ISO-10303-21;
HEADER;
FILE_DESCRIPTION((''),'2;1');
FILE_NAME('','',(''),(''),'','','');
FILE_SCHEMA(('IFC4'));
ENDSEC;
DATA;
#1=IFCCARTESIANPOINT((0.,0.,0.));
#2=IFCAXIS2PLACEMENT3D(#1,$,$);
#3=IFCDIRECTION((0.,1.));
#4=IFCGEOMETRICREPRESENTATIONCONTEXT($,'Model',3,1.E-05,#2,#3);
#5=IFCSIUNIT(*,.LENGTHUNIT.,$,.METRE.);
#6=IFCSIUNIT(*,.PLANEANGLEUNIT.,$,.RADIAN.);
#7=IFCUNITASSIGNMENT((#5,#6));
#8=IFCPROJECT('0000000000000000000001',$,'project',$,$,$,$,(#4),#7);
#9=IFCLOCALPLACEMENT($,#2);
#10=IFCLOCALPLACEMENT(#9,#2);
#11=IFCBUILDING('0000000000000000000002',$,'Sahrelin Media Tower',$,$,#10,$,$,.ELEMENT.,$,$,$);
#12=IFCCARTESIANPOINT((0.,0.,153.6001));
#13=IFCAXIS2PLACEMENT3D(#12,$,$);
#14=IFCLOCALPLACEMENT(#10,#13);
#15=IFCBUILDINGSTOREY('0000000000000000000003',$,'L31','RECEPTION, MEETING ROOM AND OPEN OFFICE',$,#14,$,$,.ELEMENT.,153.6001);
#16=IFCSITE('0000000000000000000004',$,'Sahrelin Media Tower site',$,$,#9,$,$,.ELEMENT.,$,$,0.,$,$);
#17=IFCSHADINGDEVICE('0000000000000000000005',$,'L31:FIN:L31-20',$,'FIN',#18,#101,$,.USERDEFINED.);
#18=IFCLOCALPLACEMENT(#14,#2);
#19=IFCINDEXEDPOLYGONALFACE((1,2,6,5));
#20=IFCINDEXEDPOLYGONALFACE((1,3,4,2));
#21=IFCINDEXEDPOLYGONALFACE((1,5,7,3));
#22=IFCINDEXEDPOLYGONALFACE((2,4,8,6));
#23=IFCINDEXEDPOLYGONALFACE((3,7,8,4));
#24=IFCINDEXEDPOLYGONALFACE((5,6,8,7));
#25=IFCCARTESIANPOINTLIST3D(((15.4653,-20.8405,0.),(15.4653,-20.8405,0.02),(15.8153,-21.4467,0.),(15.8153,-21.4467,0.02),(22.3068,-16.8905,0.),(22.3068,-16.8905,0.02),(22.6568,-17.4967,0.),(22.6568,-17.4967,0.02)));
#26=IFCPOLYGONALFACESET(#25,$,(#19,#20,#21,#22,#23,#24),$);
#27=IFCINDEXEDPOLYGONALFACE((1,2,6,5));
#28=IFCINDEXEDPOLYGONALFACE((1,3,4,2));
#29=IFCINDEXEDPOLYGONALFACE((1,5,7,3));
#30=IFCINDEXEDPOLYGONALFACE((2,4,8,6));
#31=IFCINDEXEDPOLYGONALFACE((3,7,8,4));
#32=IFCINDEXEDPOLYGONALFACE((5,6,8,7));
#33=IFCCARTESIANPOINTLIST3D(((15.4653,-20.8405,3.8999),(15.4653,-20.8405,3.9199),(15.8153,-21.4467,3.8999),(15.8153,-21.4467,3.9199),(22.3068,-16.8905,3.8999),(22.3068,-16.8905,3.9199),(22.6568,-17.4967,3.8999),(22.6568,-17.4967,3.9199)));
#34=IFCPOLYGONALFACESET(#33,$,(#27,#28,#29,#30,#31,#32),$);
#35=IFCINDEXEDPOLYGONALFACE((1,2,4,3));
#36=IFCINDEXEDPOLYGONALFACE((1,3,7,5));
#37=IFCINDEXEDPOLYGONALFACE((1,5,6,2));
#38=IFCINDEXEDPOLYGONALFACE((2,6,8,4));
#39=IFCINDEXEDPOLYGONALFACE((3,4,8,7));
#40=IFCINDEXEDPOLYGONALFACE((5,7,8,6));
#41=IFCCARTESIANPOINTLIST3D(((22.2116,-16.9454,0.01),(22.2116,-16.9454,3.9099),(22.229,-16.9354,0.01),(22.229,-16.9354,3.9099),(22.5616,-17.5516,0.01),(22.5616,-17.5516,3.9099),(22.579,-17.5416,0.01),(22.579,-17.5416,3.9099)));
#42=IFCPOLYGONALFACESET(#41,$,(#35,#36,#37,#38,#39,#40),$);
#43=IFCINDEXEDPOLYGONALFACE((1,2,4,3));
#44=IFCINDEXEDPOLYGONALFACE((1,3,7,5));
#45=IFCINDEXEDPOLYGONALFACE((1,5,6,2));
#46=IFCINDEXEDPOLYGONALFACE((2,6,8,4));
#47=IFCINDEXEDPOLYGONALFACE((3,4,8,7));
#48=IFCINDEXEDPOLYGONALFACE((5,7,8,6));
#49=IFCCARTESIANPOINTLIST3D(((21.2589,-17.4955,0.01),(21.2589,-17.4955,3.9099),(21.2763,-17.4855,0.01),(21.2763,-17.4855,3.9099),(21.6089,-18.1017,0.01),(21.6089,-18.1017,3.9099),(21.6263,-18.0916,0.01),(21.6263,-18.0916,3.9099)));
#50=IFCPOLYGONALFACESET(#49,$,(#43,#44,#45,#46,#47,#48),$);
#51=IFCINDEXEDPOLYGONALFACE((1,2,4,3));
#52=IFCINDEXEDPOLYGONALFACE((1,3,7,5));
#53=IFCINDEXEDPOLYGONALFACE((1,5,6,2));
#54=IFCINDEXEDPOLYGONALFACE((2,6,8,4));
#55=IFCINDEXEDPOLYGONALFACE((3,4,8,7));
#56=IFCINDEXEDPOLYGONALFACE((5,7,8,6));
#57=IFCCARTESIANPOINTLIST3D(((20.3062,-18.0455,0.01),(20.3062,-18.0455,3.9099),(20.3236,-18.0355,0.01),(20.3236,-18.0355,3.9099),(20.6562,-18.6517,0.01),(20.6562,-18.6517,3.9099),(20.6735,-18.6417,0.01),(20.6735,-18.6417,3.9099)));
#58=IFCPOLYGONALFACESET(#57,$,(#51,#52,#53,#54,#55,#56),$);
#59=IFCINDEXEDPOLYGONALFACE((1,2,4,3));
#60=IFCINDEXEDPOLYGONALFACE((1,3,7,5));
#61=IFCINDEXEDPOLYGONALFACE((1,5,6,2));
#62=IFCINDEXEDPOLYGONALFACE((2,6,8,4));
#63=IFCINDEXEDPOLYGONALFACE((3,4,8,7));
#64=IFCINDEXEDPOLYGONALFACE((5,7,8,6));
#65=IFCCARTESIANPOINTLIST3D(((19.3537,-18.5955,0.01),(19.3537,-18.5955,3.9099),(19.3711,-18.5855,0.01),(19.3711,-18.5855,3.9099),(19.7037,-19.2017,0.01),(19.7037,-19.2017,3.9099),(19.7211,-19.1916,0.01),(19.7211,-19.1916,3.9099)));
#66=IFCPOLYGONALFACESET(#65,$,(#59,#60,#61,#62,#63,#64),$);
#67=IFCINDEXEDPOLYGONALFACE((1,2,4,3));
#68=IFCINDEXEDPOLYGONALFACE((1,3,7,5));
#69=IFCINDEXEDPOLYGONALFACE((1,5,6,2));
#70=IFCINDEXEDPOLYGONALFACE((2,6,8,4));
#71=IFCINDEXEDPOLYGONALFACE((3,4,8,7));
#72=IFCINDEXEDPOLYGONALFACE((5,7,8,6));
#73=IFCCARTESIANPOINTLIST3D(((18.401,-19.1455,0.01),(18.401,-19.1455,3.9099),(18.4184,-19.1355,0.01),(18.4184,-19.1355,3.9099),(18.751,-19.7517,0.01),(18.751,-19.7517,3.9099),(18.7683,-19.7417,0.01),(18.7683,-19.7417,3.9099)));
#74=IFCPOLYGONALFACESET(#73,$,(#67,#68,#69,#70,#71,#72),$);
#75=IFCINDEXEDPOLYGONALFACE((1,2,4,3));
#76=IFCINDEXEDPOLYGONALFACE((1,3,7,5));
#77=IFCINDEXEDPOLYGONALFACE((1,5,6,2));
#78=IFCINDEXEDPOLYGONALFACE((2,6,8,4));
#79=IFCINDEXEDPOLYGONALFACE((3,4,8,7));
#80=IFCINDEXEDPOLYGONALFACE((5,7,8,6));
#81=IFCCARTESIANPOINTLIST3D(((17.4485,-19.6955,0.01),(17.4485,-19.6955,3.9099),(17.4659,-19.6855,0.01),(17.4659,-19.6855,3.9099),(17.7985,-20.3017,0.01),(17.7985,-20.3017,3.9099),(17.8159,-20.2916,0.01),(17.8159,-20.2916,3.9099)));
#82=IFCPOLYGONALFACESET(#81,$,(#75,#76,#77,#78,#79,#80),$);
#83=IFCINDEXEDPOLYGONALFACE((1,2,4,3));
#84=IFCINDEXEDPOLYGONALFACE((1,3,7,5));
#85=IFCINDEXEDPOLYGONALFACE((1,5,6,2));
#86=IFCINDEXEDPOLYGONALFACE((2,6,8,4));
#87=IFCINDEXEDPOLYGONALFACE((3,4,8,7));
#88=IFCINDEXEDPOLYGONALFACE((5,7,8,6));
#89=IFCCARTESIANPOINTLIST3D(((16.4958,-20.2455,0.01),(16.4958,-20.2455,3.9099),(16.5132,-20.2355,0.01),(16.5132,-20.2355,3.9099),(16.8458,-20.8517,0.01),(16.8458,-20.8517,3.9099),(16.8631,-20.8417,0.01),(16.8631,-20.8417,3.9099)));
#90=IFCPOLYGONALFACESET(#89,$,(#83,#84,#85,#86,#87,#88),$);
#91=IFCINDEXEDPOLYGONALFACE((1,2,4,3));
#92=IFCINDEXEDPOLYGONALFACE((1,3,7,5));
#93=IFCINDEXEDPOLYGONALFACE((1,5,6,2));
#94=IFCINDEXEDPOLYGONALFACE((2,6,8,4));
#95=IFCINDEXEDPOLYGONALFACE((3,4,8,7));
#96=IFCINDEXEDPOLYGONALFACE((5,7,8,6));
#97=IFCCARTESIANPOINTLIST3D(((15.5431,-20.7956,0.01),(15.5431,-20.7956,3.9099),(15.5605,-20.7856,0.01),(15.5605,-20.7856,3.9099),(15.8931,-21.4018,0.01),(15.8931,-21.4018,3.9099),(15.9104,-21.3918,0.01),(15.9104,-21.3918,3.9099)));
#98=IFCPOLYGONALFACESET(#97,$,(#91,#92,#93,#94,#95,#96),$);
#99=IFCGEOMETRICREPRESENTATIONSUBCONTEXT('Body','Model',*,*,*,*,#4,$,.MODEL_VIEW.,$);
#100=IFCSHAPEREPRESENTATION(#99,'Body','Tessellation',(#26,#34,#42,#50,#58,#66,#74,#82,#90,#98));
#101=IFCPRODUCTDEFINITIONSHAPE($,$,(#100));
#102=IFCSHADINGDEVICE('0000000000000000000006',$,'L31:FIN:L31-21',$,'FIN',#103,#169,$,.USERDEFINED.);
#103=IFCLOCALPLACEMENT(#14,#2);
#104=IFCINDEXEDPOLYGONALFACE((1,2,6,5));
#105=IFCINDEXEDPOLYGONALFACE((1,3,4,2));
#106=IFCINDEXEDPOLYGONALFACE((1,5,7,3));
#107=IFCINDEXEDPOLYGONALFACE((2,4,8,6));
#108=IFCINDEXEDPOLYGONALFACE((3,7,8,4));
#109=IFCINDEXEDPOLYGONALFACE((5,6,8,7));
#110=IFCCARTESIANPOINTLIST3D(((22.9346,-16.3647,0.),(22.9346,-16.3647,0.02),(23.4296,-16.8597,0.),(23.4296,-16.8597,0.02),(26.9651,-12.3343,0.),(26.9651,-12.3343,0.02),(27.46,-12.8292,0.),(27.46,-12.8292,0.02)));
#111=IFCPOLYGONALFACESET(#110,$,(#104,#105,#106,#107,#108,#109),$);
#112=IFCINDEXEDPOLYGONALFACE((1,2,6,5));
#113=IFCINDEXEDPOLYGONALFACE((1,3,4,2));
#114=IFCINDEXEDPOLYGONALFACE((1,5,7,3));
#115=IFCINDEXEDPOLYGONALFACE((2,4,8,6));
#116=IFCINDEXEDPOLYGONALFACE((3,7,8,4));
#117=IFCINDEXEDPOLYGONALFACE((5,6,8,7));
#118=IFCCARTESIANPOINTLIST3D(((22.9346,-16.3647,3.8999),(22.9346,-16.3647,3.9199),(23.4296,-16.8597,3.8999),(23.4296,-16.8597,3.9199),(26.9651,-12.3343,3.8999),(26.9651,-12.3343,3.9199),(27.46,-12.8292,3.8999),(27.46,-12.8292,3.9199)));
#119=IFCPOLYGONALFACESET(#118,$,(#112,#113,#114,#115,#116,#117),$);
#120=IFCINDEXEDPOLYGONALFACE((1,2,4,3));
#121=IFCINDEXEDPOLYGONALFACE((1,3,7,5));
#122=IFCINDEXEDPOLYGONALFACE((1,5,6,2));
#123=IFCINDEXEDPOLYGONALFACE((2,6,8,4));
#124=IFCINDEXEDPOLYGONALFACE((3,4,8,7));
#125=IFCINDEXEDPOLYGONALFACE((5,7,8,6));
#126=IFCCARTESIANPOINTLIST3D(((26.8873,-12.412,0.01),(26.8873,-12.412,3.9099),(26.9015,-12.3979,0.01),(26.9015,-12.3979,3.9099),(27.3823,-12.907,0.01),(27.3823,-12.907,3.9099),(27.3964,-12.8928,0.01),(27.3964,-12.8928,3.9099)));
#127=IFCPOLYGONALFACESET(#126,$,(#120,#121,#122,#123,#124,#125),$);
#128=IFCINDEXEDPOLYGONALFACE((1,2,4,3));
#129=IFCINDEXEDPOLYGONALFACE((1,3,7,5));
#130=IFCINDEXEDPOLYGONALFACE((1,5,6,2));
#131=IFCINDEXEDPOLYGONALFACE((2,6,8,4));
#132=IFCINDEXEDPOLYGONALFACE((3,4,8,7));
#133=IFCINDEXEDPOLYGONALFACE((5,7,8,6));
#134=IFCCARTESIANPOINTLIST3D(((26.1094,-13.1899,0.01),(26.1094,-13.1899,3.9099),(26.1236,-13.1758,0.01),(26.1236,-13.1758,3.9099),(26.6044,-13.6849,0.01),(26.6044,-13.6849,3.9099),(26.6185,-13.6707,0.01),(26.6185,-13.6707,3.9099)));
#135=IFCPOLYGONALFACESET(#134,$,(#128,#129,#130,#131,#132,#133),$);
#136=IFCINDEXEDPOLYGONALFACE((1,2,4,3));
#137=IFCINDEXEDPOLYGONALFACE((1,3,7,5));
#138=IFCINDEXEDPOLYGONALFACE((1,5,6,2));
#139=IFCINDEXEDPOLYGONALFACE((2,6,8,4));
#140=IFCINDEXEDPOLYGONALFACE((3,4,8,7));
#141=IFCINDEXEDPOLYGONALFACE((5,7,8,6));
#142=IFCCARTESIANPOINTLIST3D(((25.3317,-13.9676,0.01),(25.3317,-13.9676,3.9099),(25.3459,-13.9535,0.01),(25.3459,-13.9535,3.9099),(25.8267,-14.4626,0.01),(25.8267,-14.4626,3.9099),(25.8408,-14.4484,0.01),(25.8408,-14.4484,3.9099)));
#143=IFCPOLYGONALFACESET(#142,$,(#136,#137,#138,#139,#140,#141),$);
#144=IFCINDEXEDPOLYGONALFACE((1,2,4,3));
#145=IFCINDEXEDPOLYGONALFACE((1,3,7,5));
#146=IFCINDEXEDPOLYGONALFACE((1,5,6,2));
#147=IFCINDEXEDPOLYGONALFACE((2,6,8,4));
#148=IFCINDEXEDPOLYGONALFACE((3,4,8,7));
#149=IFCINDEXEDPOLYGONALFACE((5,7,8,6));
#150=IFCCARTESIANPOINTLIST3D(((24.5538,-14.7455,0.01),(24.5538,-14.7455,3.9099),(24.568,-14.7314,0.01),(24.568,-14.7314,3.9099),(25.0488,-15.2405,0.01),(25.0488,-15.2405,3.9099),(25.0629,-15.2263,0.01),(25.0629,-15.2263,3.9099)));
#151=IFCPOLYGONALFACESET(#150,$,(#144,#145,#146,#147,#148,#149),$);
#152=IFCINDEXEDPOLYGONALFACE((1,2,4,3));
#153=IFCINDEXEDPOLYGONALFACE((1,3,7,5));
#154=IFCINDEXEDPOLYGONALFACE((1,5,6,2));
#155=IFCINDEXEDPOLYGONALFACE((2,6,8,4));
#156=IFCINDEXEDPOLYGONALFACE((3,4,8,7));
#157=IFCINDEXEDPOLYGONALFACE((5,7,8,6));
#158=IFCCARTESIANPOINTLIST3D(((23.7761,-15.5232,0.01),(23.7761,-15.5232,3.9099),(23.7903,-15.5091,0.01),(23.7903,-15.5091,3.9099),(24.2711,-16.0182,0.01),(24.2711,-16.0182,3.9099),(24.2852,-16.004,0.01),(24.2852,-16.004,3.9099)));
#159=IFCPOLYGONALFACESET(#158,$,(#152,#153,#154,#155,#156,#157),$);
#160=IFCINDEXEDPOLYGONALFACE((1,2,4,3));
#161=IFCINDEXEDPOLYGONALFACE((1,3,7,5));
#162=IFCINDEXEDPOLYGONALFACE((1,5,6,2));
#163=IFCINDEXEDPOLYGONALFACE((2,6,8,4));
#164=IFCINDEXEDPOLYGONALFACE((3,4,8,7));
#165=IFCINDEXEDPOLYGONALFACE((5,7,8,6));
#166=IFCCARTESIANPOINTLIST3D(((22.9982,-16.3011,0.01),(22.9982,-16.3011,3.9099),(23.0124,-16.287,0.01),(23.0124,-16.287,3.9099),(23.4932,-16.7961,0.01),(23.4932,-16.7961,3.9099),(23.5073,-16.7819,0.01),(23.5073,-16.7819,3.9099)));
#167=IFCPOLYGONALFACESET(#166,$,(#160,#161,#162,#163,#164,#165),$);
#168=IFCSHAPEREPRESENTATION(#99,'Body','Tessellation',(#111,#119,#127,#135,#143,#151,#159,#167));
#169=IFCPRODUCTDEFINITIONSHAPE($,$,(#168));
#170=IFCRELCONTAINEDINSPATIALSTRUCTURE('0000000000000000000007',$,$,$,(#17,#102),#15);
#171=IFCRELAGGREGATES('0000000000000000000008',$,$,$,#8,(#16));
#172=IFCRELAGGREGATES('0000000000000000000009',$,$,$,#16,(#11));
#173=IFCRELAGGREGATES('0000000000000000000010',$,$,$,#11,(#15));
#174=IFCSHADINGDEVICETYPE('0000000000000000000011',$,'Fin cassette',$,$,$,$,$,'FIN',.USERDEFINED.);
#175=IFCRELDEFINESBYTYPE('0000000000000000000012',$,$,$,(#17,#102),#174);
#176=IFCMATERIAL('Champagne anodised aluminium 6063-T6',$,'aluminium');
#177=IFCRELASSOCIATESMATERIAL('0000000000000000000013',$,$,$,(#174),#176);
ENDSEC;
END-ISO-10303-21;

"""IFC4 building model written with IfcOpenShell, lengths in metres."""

from ifc_helpers import new_model, si_unit, direction, frame, origin, origin_2d, place, context, subcontext, project, spatial, rectangle, extrude, material, type_object, element, save


model = new_model("IFC4")

# Units and contexts
model_context = context("Model", 3, precision=1e-05, world=origin(), true_north=direction((0.0, 1.0)))
body_context = subcontext(model_context, "Body", "Model", "MODEL_VIEW")
ifc_project = project(units=[si_unit("LENGTHUNIT", "METRE"), si_unit("PLANEANGLEUNIT", "RADIAN")], contexts=[model_context])

# Site, building, storey
site_placement = place(None, origin())
site = spatial("IfcSite", under=ifc_project, at=site_placement, Name="Sahrelin Media Tower site", CompositionType="ELEMENT", RefElevation=0.0)
building_placement = place(site_placement, origin())
building = spatial("IfcBuilding", under=site, at=building_placement, Name="Sahrelin Media Tower", CompositionType="ELEMENT")
storey_placement = place(building_placement, frame((0.0, 0.0, 153.6001)))
storey = spatial("IfcBuildingStorey", under=building, at=storey_placement, Name="L31", Description="RECEPTION, MEETING ROOM AND OPEN OFFICE", CompositionType="ELEMENT", Elevation=153.6001)

# Shared definitions
ifc_material_1 = material(Name="Champagne anodised aluminium 6063-T6", Category="aluminium")

# Shading devices
shading_device_type_1 = type_object("IfcShadingDeviceType", Name="Fin cassette", ElementType="FIN", PredefinedType="USERDEFINED", material=ifc_material_1)
placement_1 = place(storey_placement, frame((18.8511, -18.8049, 0.0), z_axis=(0.0, 0.0, 1.0), x_axis=(-0.866019, -0.500011, 0.0)))
element("IfcShadingDevice", 1, at=placement_1, inside=storey, type_object=shading_device_type_1, Name="L31:FIN:L31-20", ObjectType="FIN", PredefinedType="USERDEFINED", context=body_context, shape_type="SweptSolid", body=[
    extrude(rectangle(XDim=7.8999, YDim=0.7, at=origin_2d()), frame((0.0, 0.4199, 0.0)), (0.0, 0.0, 1.0), 0.02),
    extrude(rectangle(XDim=7.8999, YDim=0.7, at=origin_2d()), frame((0.0, 0.4199, 3.8999)), (0.0, 0.0, 1.0), 0.02),
    extrude(rectangle(XDim=0.02, YDim=0.7, at=origin_2d()), frame((-3.8501, 0.4199, 0.01), z_axis=(0.0, 0.0, 1.0), x_axis=(1.0, 0.0, 0.0)), (0.0, 0.0, 1.0), 3.8999),
    extrude(rectangle(XDim=0.02, YDim=0.7, at=origin_2d()), frame((-2.75, 0.4199, 0.01), z_axis=(0.0, 0.0, 1.0), x_axis=(1.0, 0.0, 0.0)), (0.0, 0.0, 1.0), 3.8999),
    extrude(rectangle(XDim=0.02, YDim=0.7, at=origin_2d()), frame((-1.6499, 0.4199, 0.01), z_axis=(0.0, 0.0, 1.0), x_axis=(1.0, 0.0, 0.0)), (0.0, 0.0, 1.0), 3.8999),
    extrude(rectangle(XDim=0.02, YDim=0.7, at=origin_2d()), frame((-0.55, 0.4199, 0.01), z_axis=(0.0, 0.0, 1.0), x_axis=(1.0, 0.0, 0.0)), (0.0, 0.0, 1.0), 3.8999),
    extrude(rectangle(XDim=0.02, YDim=0.7, at=origin_2d()), frame((0.55, 0.4199, 0.01), z_axis=(0.0, 0.0, 1.0), x_axis=(1.0, 0.0, 0.0)), (0.0, 0.0, 1.0), 3.8999),
    extrude(rectangle(XDim=0.02, YDim=0.7, at=origin_2d()), frame((1.6499, 0.4199, 0.01), z_axis=(0.0, 0.0, 1.0), x_axis=(1.0, 0.0, 0.0)), (0.0, 0.0, 1.0), 3.8999),
    extrude(rectangle(XDim=0.02, YDim=0.7, at=origin_2d()), frame((2.75, 0.4199, 0.01), z_axis=(0.0, 0.0, 1.0), x_axis=(1.0, 0.0, 0.0)), (0.0, 0.0, 1.0), 3.8999),
    extrude(rectangle(XDim=0.02, YDim=0.7, at=origin_2d()), frame((3.8501, 0.4199, 0.01), z_axis=(0.0, 0.0, 1.0), x_axis=(1.0, 0.0, 0.0)), (0.0, 0.0, 1.0), 3.8999),
])
placement_2 = place(storey_placement, frame((24.9004, -14.3, 0.0), z_axis=(0.0, 0.0, 1.0), x_axis=(-0.707107, -0.707107, 0.0)))
element("IfcShadingDevice", 2, at=placement_2, inside=storey, type_object=shading_device_type_1, Name="L31:FIN:L31-21", ObjectType="FIN", PredefinedType="USERDEFINED", context=body_context, shape_type="SweptSolid", body=[
    extrude(rectangle(XDim=5.7, YDim=0.7, at=origin_2d()), frame((0.0, 0.4199, 0.0)), (0.0, 0.0, 1.0), 0.02),
    extrude(rectangle(XDim=5.7, YDim=0.7, at=origin_2d()), frame((0.0, 0.4199, 3.8999)), (0.0, 0.0, 1.0), 0.02),
    extrude(rectangle(XDim=0.02, YDim=0.7, at=origin_2d()), frame((-2.75, 0.4199, 0.01), z_axis=(0.0, 0.0, 1.0), x_axis=(1.0, 0.0, 0.0)), (0.0, 0.0, 1.0), 3.8999),
    extrude(rectangle(XDim=0.02, YDim=0.7, at=origin_2d()), frame((-1.6499, 0.4199, 0.01), z_axis=(0.0, 0.0, 1.0), x_axis=(1.0, 0.0, 0.0)), (0.0, 0.0, 1.0), 3.8999),
    extrude(rectangle(XDim=0.02, YDim=0.7, at=origin_2d()), frame((-0.55, 0.4199, 0.01), z_axis=(0.0, 0.0, 1.0), x_axis=(1.0, 0.0, 0.0)), (0.0, 0.0, 1.0), 3.8999),
    extrude(rectangle(XDim=0.02, YDim=0.7, at=origin_2d()), frame((0.55, 0.4199, 0.01), z_axis=(0.0, 0.0, 1.0), x_axis=(1.0, 0.0, 0.0)), (0.0, 0.0, 1.0), 3.8999),
    extrude(rectangle(XDim=0.02, YDim=0.7, at=origin_2d()), frame((1.6499, 0.4199, 0.01), z_axis=(0.0, 0.0, 1.0), x_axis=(1.0, 0.0, 0.0)), (0.0, 0.0, 1.0), 3.8999),
    extrude(rectangle(XDim=0.02, YDim=0.7, at=origin_2d()), frame((2.75, 0.4199, 0.01), z_axis=(0.0, 0.0, 1.0), x_axis=(1.0, 0.0, 0.0)), (0.0, 0.0, 1.0), 3.8999),
])

save(model, "model.ifc")
